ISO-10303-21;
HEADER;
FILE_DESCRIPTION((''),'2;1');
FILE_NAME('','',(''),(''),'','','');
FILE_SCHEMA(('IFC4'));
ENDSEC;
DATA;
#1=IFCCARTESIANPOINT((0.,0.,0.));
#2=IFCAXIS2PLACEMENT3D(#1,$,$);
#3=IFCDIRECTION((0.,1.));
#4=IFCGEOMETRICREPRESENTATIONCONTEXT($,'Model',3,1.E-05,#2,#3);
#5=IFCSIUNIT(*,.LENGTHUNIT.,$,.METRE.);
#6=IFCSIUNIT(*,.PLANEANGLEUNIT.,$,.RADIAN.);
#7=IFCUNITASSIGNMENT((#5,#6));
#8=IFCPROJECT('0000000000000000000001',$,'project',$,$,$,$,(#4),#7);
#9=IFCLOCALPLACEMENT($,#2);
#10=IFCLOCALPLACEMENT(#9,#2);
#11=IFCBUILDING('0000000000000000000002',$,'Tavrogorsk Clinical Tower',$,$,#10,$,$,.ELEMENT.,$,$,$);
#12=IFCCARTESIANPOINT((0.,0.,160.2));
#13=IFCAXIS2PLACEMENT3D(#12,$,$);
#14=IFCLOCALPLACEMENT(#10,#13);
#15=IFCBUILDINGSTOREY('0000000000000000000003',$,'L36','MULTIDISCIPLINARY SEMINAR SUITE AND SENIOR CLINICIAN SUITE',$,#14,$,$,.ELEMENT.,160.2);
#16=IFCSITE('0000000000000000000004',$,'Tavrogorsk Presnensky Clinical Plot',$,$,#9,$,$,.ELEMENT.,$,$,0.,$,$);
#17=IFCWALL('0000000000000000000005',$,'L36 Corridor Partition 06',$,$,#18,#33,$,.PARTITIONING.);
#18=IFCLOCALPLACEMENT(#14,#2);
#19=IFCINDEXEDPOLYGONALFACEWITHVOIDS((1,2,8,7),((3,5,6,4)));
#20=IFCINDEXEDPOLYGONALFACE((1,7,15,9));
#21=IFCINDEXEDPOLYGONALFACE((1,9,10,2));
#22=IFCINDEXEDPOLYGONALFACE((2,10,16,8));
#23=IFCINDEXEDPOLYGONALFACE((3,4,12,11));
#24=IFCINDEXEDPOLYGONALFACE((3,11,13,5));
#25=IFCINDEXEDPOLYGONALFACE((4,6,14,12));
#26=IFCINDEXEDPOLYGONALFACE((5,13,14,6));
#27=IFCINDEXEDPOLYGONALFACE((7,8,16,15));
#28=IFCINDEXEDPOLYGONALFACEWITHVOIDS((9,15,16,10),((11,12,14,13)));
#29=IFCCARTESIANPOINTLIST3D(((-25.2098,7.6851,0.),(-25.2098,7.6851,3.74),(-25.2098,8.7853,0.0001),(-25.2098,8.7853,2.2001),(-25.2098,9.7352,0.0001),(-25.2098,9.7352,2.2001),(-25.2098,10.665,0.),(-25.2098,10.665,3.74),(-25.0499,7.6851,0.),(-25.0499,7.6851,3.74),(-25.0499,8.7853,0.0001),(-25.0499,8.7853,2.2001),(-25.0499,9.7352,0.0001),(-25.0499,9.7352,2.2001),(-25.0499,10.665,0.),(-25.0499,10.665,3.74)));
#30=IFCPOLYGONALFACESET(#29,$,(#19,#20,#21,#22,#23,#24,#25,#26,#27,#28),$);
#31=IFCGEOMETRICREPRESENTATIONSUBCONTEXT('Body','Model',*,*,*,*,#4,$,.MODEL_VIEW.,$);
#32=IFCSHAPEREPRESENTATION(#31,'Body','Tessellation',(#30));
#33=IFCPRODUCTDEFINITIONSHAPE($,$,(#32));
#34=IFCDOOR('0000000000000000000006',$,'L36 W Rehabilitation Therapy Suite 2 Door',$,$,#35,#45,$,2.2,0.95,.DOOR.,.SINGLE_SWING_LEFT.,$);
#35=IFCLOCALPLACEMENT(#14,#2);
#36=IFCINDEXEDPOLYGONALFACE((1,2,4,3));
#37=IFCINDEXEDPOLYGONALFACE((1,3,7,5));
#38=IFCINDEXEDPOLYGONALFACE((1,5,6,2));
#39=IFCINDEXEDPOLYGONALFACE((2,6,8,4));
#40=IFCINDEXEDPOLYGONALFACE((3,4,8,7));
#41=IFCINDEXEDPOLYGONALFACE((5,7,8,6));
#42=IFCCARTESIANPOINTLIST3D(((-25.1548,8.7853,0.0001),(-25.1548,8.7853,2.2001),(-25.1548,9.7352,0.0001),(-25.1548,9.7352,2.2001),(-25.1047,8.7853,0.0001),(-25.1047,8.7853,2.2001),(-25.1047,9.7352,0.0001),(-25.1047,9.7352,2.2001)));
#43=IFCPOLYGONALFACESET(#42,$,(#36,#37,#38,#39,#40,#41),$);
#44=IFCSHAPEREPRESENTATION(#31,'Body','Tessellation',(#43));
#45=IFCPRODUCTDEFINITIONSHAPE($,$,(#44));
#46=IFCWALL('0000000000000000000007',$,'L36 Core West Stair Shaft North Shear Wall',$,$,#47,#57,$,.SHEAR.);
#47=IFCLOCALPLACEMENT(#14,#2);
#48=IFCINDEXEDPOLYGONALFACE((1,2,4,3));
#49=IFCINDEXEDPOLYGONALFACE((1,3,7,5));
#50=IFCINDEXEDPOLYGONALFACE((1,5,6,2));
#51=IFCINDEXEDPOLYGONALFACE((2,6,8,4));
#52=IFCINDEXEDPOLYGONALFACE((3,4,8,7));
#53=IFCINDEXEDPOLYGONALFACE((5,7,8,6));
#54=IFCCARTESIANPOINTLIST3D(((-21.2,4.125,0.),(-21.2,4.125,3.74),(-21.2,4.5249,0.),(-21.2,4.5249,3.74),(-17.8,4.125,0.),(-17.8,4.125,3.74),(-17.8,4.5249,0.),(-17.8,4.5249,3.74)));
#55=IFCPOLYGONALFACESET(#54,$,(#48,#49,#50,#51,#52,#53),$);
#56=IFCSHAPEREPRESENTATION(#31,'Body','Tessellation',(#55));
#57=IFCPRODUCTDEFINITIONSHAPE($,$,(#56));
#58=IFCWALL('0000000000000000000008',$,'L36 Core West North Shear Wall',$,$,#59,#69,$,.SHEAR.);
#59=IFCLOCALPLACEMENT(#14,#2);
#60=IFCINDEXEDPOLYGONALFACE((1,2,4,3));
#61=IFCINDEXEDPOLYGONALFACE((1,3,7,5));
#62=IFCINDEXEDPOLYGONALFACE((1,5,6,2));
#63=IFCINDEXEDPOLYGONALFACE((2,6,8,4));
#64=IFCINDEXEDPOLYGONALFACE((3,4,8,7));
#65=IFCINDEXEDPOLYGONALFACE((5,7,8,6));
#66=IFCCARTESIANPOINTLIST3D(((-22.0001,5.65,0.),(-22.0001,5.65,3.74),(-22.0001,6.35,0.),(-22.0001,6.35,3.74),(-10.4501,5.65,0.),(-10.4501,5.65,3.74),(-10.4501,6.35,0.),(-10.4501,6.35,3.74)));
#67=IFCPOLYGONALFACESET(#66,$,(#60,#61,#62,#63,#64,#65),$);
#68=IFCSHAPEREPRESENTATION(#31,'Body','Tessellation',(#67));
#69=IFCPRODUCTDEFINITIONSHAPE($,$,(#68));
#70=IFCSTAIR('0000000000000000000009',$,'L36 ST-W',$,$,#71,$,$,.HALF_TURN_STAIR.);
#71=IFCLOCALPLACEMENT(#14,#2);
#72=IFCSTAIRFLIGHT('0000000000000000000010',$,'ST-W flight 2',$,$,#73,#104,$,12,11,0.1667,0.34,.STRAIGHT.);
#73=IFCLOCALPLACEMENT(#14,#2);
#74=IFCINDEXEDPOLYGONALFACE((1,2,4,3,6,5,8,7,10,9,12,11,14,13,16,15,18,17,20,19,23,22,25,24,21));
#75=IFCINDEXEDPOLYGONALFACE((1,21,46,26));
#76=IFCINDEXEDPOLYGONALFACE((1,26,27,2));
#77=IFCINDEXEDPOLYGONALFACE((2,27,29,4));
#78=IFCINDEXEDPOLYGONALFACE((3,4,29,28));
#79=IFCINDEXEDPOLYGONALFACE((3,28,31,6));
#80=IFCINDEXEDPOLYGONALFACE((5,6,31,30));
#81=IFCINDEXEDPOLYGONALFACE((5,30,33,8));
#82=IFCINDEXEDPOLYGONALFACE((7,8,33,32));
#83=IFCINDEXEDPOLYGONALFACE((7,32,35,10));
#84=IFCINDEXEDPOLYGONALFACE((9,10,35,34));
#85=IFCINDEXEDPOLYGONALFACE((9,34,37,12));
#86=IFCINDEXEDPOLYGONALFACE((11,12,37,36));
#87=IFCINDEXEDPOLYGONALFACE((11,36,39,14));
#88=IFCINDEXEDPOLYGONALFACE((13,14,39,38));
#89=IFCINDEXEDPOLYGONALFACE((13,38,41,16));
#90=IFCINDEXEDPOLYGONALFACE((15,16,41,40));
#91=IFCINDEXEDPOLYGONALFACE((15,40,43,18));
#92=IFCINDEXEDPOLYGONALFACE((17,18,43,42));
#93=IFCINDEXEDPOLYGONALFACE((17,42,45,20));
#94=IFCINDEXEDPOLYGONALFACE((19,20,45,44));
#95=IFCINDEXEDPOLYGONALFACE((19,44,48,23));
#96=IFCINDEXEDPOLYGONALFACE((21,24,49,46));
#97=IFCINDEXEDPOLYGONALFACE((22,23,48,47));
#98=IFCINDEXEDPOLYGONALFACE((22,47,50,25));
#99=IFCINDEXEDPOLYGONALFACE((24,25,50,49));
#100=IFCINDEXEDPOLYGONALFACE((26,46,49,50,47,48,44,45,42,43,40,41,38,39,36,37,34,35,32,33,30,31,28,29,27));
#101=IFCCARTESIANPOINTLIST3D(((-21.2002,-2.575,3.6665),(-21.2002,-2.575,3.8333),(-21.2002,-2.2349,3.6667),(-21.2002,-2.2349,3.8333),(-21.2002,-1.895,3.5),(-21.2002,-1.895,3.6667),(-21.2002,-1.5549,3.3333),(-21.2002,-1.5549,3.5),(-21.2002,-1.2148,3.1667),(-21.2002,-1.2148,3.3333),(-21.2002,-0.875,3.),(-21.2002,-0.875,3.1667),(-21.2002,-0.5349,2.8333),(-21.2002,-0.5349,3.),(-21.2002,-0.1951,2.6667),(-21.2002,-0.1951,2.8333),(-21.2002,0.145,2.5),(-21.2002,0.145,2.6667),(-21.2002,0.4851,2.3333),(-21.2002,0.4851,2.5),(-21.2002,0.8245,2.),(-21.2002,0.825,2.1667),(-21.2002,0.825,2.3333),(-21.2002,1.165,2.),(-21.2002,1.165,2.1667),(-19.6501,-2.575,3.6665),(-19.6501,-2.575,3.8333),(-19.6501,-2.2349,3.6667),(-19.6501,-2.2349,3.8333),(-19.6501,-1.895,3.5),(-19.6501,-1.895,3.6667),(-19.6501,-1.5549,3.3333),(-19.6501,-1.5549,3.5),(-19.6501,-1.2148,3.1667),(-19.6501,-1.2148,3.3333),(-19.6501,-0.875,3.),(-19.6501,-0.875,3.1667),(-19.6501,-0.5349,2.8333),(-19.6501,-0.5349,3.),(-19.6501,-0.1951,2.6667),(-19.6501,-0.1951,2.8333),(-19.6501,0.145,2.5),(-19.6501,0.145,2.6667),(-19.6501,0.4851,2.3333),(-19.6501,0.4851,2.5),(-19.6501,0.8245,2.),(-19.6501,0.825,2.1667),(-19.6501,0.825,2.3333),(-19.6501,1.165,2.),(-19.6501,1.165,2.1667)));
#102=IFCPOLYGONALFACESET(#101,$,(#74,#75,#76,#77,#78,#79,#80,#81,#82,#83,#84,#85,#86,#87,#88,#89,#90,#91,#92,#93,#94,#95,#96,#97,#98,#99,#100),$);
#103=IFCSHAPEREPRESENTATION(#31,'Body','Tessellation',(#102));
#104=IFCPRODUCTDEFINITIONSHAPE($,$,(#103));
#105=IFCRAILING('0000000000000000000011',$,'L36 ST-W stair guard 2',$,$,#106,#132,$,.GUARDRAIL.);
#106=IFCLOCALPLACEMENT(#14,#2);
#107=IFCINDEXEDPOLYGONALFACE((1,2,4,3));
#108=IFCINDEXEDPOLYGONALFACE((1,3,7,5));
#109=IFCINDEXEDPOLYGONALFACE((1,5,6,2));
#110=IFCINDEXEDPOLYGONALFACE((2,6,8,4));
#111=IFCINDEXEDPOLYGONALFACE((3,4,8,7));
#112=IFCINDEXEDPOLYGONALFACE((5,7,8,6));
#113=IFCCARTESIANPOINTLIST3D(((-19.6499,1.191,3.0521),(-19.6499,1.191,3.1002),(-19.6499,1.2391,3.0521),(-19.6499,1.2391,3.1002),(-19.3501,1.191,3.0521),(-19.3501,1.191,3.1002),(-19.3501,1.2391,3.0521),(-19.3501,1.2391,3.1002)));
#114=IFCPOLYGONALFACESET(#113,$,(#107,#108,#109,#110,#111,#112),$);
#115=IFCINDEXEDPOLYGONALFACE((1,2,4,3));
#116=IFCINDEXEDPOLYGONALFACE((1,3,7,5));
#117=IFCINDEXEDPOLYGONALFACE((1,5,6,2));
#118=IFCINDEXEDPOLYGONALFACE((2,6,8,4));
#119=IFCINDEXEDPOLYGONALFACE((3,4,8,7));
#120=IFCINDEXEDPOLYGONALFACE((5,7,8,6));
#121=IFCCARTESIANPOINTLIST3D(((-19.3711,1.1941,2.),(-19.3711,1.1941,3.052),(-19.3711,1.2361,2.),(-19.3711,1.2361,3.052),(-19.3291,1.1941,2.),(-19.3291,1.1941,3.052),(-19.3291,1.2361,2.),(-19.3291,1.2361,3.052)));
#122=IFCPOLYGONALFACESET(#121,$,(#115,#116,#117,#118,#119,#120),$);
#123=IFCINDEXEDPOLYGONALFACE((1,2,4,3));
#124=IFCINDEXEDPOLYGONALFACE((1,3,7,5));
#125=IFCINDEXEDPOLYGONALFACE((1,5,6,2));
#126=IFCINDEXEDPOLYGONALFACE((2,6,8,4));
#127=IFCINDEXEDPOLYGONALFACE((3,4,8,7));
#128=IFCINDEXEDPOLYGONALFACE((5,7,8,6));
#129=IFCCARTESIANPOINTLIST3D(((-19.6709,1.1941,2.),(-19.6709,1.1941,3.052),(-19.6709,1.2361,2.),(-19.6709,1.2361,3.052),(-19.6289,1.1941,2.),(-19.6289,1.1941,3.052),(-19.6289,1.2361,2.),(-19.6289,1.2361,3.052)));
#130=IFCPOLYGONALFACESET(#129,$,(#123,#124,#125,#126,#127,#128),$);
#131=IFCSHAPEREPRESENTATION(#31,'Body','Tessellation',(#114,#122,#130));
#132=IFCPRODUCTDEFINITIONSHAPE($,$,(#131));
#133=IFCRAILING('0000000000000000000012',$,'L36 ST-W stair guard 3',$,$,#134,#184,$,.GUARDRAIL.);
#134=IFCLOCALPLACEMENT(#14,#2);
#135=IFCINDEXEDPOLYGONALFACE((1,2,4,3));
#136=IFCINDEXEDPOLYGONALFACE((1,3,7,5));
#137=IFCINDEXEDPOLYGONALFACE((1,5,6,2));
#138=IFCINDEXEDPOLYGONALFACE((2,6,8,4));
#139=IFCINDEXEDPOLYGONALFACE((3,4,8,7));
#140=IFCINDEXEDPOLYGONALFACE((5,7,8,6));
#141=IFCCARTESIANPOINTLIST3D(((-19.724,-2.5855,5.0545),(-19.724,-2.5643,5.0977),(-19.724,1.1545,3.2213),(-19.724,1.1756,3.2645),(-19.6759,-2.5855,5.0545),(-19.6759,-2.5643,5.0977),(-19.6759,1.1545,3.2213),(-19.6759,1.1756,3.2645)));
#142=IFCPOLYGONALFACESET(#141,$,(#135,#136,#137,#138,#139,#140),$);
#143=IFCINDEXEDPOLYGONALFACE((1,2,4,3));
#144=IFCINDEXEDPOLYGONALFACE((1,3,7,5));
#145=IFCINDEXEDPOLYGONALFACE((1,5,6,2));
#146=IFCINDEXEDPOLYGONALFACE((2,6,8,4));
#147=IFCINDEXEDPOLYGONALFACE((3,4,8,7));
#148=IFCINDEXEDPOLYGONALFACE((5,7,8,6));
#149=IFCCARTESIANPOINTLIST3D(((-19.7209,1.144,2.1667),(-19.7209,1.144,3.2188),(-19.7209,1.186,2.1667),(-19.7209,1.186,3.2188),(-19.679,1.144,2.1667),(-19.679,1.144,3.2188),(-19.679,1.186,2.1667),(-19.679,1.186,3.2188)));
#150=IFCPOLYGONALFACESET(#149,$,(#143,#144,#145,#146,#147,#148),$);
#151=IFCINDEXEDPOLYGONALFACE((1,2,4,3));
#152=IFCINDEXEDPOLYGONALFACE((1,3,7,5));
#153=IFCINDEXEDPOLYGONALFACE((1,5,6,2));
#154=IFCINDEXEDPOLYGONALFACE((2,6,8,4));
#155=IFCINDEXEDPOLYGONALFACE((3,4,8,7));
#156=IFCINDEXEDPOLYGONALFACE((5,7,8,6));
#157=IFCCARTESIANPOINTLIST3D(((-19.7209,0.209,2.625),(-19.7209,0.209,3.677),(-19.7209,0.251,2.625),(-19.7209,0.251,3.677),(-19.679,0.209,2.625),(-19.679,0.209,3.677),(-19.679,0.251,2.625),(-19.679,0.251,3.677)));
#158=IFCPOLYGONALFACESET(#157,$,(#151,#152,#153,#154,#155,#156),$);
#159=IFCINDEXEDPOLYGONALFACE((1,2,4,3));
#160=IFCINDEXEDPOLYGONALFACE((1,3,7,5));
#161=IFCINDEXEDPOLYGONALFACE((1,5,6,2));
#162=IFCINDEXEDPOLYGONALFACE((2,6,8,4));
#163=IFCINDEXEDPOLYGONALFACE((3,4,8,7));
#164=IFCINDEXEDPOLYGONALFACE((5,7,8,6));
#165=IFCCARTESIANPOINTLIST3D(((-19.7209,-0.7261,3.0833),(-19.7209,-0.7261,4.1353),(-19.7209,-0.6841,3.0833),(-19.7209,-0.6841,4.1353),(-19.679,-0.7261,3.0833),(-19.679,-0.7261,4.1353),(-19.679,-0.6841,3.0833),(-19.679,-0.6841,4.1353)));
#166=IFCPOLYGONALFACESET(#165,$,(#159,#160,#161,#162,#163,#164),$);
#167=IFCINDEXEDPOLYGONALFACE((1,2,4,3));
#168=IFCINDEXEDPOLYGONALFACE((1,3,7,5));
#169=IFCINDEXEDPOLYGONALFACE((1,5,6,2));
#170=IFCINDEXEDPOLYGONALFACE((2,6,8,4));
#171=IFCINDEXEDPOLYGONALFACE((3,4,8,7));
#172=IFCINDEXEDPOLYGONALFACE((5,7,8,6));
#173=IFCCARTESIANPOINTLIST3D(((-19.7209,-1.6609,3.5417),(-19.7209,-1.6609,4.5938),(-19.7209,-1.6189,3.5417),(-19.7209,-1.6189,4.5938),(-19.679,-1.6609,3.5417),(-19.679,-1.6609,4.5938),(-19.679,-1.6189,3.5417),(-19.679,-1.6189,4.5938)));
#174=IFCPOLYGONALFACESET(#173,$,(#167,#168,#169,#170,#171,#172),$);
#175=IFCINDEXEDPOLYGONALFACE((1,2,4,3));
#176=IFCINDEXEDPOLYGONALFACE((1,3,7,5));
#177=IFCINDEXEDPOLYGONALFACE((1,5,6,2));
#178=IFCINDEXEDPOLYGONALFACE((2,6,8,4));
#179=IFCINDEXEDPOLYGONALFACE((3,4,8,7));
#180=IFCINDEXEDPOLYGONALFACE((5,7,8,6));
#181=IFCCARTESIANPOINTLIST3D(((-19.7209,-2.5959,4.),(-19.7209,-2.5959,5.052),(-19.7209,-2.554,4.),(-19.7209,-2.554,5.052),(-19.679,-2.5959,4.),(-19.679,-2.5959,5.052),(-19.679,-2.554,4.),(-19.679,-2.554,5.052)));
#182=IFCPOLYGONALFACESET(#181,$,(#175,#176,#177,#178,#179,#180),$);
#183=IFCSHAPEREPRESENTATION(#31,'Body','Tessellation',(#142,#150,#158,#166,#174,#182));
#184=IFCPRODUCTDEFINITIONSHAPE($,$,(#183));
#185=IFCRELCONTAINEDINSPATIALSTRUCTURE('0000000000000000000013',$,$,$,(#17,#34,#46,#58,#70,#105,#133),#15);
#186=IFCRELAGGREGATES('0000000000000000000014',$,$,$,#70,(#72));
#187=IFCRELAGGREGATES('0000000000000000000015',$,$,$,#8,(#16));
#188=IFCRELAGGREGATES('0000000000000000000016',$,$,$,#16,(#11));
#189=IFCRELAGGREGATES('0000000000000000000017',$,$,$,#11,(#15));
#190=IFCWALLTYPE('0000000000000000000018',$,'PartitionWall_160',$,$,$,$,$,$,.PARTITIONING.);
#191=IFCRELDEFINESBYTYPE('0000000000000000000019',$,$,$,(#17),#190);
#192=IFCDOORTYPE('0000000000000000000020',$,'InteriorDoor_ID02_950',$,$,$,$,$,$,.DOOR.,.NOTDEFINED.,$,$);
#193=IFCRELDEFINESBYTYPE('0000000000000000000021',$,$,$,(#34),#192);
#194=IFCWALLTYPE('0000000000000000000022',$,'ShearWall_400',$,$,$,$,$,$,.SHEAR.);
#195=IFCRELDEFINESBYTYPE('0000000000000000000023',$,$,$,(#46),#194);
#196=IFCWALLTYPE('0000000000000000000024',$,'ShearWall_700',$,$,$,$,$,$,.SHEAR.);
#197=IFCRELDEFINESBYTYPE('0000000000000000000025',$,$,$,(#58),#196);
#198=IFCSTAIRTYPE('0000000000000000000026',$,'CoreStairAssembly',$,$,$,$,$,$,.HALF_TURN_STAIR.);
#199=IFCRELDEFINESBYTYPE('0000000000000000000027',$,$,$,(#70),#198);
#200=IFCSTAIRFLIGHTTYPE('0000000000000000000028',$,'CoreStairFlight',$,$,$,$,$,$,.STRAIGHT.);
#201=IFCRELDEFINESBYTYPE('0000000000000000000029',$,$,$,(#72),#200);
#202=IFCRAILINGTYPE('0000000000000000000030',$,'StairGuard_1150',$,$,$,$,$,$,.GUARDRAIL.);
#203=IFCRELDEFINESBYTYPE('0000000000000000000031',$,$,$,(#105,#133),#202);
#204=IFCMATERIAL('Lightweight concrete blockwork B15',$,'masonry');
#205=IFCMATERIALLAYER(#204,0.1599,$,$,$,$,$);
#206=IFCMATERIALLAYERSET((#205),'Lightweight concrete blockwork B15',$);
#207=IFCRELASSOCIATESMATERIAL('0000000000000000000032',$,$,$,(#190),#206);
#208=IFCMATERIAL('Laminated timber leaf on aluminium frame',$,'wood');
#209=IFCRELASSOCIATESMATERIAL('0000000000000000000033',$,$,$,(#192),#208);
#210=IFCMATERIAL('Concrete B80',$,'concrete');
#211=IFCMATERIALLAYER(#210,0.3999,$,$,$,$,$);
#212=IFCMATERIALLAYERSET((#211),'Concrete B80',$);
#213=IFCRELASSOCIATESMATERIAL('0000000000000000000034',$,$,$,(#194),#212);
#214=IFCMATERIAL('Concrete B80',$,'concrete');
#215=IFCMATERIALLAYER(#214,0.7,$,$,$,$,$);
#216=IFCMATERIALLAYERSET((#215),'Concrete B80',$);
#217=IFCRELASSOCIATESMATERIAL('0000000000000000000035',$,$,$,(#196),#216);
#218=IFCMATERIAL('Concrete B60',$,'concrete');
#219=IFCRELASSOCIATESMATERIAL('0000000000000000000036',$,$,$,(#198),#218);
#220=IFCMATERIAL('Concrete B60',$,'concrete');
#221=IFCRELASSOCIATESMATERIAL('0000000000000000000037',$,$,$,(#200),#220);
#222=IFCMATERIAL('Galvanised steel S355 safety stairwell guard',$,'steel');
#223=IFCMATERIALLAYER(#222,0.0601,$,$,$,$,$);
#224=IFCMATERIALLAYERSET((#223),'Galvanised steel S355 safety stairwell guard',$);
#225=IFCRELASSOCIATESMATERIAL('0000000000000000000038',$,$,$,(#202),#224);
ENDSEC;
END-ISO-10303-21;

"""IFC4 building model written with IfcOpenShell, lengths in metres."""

from ifc_helpers import new_model, si_unit, direction, frame, frame_2d, origin, origin_2d, place, context, subcontext, project, spatial, polyline, rectangle, outline, extrude, material, layer, layer_set, type_object, element, fill, aggregate, save


model = new_model("IFC4")

# Units and contexts
model_context = context("Model", 3, precision=1e-05, world=origin(), true_north=direction((0.0, 1.0)))
body_context = subcontext(model_context, "Body", "Model", "MODEL_VIEW")
ifc_project = project(units=[si_unit("LENGTHUNIT", "METRE"), si_unit("PLANEANGLEUNIT", "RADIAN")], contexts=[model_context])

# Site, building, storey
site_placement = place(None, origin())
site = spatial("IfcSite", under=ifc_project, at=site_placement, Name="Tavrogorsk Presnensky Clinical Plot", CompositionType="ELEMENT", RefElevation=0.0)
building_placement = place(site_placement, origin())
building = spatial("IfcBuilding", under=site, at=building_placement, Name="Tavrogorsk Clinical Tower", CompositionType="ELEMENT")
storey_placement = place(building_placement, frame((0.0, 0.0, 160.2)))
storey = spatial("IfcBuildingStorey", under=building, at=storey_placement, Name="L36", Description="MULTIDISCIPLINARY SEMINAR SUITE AND SENIOR CLINICIAN SUITE", CompositionType="ELEMENT", Elevation=160.2)

# Wall, opening, door
ifc_material_1 = material(Name="Lightweight concrete blockwork B15", Category="masonry")
ifc_layer_1 = layer(ifc_material_1, 0.1599)
ifc_layer_set_1 = layer_set([ifc_layer_1], Name="Lightweight concrete blockwork B15")
wall_type_1 = type_object("IfcWallType", Name="PartitionWall_160", PredefinedType="PARTITIONING", material=ifc_layer_set_1)
wall_1_placement = place(storey_placement, frame((-25.1299, 7.6851, 0.0), z_axis=(0.0, 0.0, 1.0), x_axis=(0.0, 1.0, 0.0)))
wall_1 = element("IfcWall", 1, at=wall_1_placement, inside=storey, type_object=wall_type_1, Name="L36 Corridor Partition 06", PredefinedType="PARTITIONING", context=body_context, shape_type="SweptSolid", body=[
    extrude(rectangle(XDim=2.98, YDim=0.1599, at=frame_2d((1.49, 0.0))), origin(), (0.0, 0.0, 1.0), 3.74),
])
opening_1_placement = place(wall_1_placement, frame((1.1001, 0.0, 0.0)))
opening_1 = element("IfcOpeningElement", 2, at=opening_1_placement, cuts=wall_1, PredefinedType="OPENING", context=body_context, shape_type="SweptSolid", body=[
    extrude(rectangle(XDim=0.95, YDim=2.2, at=frame_2d((0.4751, 1.1001))), frame((0.0, 0.0898, 0.0), z_axis=(0.0, -1.0, 0.0), x_axis=(1.0, 0.0, 0.0)), (0.0, 0.0, 1.0), 0.1799),
])
ifc_material_2 = material(Name="Laminated timber leaf on aluminium frame", Category="wood")
door_type_1 = type_object("IfcDoorType", Name="InteriorDoor_ID02_950", OperationType="NOTDEFINED", PredefinedType="DOOR", material=ifc_material_2)
door_1_placement = place(opening_1_placement, origin())
door_1 = element("IfcDoor", 3, at=door_1_placement, inside=storey, type_object=door_type_1, Name="L36 W Rehabilitation Therapy Suite 2 Door", OperationType="SINGLE_SWING_LEFT", OverallHeight=2.2, OverallWidth=0.95, PredefinedType="DOOR", context=body_context, shape_type="SweptSolid", body=[
    extrude(rectangle(XDim=0.95, YDim=2.2, at=frame_2d((0.4751, 1.1001))), frame((0.0, 0.0249, 0.0), z_axis=(0.0, -1.0, 0.0), x_axis=(1.0, 0.0, 0.0)), (0.0, 0.0, 1.0), 0.05),
])
fill(opening_1, door_1)

# Walls
ifc_material_3 = material(Name="Concrete B80", Category="concrete")
ifc_layer_2 = layer(ifc_material_3, 0.3999)
ifc_layer_set_2 = layer_set([ifc_layer_2], Name="Concrete B80")
wall_type_2 = type_object("IfcWallType", Name="ShearWall_400", PredefinedType="SHEAR", material=ifc_layer_set_2)
wall_2_placement = place(storey_placement, frame((-21.2, 4.325, 0.0), z_axis=(0.0, 0.0, 1.0), x_axis=(1.0, 0.0, 0.0)))
element("IfcWall", 4, at=wall_2_placement, inside=storey, type_object=wall_type_2, Name="L36 Core West Stair Shaft North Shear Wall", PredefinedType="SHEAR", context=body_context, shape_type="SweptSolid", body=[
    extrude(rectangle(XDim=3.3999, YDim=0.3999, at=frame_2d((1.7, 0.0))), origin(), (0.0, 0.0, 1.0), 3.74),
])
ifc_material_4 = material(Name="Concrete B80", Category="concrete")
ifc_layer_3 = layer(ifc_material_4, 0.7)
ifc_layer_set_3 = layer_set([ifc_layer_3], Name="Concrete B80")
wall_type_3 = type_object("IfcWallType", Name="ShearWall_700", PredefinedType="SHEAR", material=ifc_layer_set_3)
wall_3_placement = place(storey_placement, frame((-22.0, 6.0, 0.0), z_axis=(0.0, 0.0, 1.0), x_axis=(1.0, 0.0, 0.0)))
element("IfcWall", 5, at=wall_3_placement, inside=storey, type_object=wall_type_3, Name="L36 Core West North Shear Wall", PredefinedType="SHEAR", context=body_context, shape_type="SweptSolid", body=[
    extrude(rectangle(XDim=11.55, YDim=0.7, at=frame_2d((5.7749, 0.0))), origin(), (0.0, 0.0, 1.0), 3.74),
])

# Stair, stair flight
ifc_material_5 = material(Name="Concrete B60", Category="concrete")
stair_type = type_object("IfcStairType", Name="CoreStairAssembly", PredefinedType="HALF_TURN_STAIR", material=ifc_material_5)
stair_placement = place(storey_placement, origin())
stair = element("IfcStair", 6, at=stair_placement, inside=storey, type_object=stair_type, Name="L36 ST-W", PredefinedType="HALF_TURN_STAIR")
ifc_material_6 = material(Name="Concrete B60", Category="concrete")
stair_flight_type = type_object("IfcStairFlightType", Name="CoreStairFlight", PredefinedType="STRAIGHT", material=ifc_material_6)
stair_flight_placement = place(storey_placement, frame((-20.425, 1.165, 2.0), z_axis=(0.0, 0.0, 1.0), x_axis=(0.0, -1.0, 0.0)))
stair_flight = element("IfcStairFlight", 7, at=stair_flight_placement, type_object=stair_flight_type, Name="ST-W flight 2", NumberOfRisers=12, NumberOfTreads=11, PredefinedType="STRAIGHT", RiserHeight=0.1667, TreadLength=0.34, context=body_context, shape_type="SweptSolid", body=[
    extrude(outline(polyline([(0.0, 0.0), (0.0, 0.1667), (0.3401, 0.1667), (0.3401, 0.3333), (0.6799, 0.3333), (0.6799, 0.5), (1.02, 0.5), (1.02, 0.6667), (1.3601, 0.6667), (1.3601, 0.8333), (1.7, 0.8333), (1.7, 1.0), (2.04, 1.0), (2.04, 1.1667), (2.3799, 1.1667), (2.3799, 1.3333), (2.72, 1.3333), (2.72, 1.5), (3.0601, 1.5), (3.0601, 1.6667), (3.3999, 1.6667), (3.3999, 1.8333), (3.74, 1.8333), (3.74, 2.0), (3.74, 1.6665), (0.3406, 0.0), (0.0, 0.0)])), frame((0.0, 0.7749, 0.0), z_axis=(0.0, -1.0, 0.0), x_axis=(1.0, 0.0, 0.0)), (0.0, 0.0, 1.0), 1.55),
])
aggregate(stair, [stair_flight])

# Railings
ifc_material_7 = material(Name="Galvanised steel S355 safety stairwell guard", Category="steel")
ifc_layer_4 = layer(ifc_material_7, 0.0601)
ifc_layer_set_4 = layer_set([ifc_layer_4], Name="Galvanised steel S355 safety stairwell guard")
railing_type_1 = type_object("IfcRailingType", Name="StairGuard_1150", PredefinedType="GUARDRAIL", material=ifc_layer_set_4)
railing_1_placement = place(storey_placement, frame((-19.3501, 1.2151, 2.0)))
element("IfcRailing", 8, at=railing_1_placement, inside=storey, type_object=railing_type_1, Name="L36 ST-W stair guard 2", PredefinedType="GUARDRAIL", context=body_context, shape_type="SweptSolid", body=[
    extrude(rectangle(XDim=0.0481, YDim=0.0481, at=origin_2d()), frame((0.0, 0.0, 1.0762), z_axis=(-1.0, 0.0, 0.0), x_axis=(0.0, -1.0, 0.0)), (0.0, 0.0, 1.0), 0.2998),
    extrude(rectangle(XDim=0.042, YDim=0.042, at=origin_2d()), origin(), (0.0, 0.0, 1.0), 1.052),
    extrude(rectangle(XDim=0.042, YDim=0.042, at=origin_2d()), frame((-0.2998, 0.0, 0.0)), (0.0, 0.0, 1.0), 1.052),
])
railing_2_placement = place(storey_placement, frame((-19.7, 1.165, 2.1667)))
element("IfcRailing", 9, at=railing_2_placement, inside=storey, type_object=railing_type_1, Name="L36 ST-W stair guard 3", PredefinedType="GUARDRAIL", context=body_context, shape_type="SweptSolid", body=[
    extrude(rectangle(XDim=0.0481, YDim=0.0481, at=origin_2d()), frame((0.0, 0.0, 1.0762), z_axis=(0.0, -0.897928, 0.440142), x_axis=(1.0, 0.0, 0.0)), (0.0, 0.0, 1.0), 4.165),
    extrude(rectangle(XDim=0.042, YDim=0.042, at=origin_2d()), origin(), (0.0, 0.0, 1.0), 1.052),
    extrude(rectangle(XDim=0.042, YDim=0.042, at=origin_2d()), frame((0.0, -0.9351, 0.4583)), (0.0, 0.0, 1.0), 1.052),
    extrude(rectangle(XDim=0.042, YDim=0.042, at=origin_2d()), frame((0.0, -1.8701, 0.9165)), (0.0, 0.0, 1.0), 1.052),
    extrude(rectangle(XDim=0.042, YDim=0.042, at=origin_2d()), frame((0.0, -2.8049, 1.375)), (0.0, 0.0, 1.0), 1.052),
    extrude(rectangle(XDim=0.042, YDim=0.042, at=origin_2d()), frame((0.0, -3.74, 1.8333)), (0.0, 0.0, 1.0), 1.052),
])

save(model, "model.ifc")
